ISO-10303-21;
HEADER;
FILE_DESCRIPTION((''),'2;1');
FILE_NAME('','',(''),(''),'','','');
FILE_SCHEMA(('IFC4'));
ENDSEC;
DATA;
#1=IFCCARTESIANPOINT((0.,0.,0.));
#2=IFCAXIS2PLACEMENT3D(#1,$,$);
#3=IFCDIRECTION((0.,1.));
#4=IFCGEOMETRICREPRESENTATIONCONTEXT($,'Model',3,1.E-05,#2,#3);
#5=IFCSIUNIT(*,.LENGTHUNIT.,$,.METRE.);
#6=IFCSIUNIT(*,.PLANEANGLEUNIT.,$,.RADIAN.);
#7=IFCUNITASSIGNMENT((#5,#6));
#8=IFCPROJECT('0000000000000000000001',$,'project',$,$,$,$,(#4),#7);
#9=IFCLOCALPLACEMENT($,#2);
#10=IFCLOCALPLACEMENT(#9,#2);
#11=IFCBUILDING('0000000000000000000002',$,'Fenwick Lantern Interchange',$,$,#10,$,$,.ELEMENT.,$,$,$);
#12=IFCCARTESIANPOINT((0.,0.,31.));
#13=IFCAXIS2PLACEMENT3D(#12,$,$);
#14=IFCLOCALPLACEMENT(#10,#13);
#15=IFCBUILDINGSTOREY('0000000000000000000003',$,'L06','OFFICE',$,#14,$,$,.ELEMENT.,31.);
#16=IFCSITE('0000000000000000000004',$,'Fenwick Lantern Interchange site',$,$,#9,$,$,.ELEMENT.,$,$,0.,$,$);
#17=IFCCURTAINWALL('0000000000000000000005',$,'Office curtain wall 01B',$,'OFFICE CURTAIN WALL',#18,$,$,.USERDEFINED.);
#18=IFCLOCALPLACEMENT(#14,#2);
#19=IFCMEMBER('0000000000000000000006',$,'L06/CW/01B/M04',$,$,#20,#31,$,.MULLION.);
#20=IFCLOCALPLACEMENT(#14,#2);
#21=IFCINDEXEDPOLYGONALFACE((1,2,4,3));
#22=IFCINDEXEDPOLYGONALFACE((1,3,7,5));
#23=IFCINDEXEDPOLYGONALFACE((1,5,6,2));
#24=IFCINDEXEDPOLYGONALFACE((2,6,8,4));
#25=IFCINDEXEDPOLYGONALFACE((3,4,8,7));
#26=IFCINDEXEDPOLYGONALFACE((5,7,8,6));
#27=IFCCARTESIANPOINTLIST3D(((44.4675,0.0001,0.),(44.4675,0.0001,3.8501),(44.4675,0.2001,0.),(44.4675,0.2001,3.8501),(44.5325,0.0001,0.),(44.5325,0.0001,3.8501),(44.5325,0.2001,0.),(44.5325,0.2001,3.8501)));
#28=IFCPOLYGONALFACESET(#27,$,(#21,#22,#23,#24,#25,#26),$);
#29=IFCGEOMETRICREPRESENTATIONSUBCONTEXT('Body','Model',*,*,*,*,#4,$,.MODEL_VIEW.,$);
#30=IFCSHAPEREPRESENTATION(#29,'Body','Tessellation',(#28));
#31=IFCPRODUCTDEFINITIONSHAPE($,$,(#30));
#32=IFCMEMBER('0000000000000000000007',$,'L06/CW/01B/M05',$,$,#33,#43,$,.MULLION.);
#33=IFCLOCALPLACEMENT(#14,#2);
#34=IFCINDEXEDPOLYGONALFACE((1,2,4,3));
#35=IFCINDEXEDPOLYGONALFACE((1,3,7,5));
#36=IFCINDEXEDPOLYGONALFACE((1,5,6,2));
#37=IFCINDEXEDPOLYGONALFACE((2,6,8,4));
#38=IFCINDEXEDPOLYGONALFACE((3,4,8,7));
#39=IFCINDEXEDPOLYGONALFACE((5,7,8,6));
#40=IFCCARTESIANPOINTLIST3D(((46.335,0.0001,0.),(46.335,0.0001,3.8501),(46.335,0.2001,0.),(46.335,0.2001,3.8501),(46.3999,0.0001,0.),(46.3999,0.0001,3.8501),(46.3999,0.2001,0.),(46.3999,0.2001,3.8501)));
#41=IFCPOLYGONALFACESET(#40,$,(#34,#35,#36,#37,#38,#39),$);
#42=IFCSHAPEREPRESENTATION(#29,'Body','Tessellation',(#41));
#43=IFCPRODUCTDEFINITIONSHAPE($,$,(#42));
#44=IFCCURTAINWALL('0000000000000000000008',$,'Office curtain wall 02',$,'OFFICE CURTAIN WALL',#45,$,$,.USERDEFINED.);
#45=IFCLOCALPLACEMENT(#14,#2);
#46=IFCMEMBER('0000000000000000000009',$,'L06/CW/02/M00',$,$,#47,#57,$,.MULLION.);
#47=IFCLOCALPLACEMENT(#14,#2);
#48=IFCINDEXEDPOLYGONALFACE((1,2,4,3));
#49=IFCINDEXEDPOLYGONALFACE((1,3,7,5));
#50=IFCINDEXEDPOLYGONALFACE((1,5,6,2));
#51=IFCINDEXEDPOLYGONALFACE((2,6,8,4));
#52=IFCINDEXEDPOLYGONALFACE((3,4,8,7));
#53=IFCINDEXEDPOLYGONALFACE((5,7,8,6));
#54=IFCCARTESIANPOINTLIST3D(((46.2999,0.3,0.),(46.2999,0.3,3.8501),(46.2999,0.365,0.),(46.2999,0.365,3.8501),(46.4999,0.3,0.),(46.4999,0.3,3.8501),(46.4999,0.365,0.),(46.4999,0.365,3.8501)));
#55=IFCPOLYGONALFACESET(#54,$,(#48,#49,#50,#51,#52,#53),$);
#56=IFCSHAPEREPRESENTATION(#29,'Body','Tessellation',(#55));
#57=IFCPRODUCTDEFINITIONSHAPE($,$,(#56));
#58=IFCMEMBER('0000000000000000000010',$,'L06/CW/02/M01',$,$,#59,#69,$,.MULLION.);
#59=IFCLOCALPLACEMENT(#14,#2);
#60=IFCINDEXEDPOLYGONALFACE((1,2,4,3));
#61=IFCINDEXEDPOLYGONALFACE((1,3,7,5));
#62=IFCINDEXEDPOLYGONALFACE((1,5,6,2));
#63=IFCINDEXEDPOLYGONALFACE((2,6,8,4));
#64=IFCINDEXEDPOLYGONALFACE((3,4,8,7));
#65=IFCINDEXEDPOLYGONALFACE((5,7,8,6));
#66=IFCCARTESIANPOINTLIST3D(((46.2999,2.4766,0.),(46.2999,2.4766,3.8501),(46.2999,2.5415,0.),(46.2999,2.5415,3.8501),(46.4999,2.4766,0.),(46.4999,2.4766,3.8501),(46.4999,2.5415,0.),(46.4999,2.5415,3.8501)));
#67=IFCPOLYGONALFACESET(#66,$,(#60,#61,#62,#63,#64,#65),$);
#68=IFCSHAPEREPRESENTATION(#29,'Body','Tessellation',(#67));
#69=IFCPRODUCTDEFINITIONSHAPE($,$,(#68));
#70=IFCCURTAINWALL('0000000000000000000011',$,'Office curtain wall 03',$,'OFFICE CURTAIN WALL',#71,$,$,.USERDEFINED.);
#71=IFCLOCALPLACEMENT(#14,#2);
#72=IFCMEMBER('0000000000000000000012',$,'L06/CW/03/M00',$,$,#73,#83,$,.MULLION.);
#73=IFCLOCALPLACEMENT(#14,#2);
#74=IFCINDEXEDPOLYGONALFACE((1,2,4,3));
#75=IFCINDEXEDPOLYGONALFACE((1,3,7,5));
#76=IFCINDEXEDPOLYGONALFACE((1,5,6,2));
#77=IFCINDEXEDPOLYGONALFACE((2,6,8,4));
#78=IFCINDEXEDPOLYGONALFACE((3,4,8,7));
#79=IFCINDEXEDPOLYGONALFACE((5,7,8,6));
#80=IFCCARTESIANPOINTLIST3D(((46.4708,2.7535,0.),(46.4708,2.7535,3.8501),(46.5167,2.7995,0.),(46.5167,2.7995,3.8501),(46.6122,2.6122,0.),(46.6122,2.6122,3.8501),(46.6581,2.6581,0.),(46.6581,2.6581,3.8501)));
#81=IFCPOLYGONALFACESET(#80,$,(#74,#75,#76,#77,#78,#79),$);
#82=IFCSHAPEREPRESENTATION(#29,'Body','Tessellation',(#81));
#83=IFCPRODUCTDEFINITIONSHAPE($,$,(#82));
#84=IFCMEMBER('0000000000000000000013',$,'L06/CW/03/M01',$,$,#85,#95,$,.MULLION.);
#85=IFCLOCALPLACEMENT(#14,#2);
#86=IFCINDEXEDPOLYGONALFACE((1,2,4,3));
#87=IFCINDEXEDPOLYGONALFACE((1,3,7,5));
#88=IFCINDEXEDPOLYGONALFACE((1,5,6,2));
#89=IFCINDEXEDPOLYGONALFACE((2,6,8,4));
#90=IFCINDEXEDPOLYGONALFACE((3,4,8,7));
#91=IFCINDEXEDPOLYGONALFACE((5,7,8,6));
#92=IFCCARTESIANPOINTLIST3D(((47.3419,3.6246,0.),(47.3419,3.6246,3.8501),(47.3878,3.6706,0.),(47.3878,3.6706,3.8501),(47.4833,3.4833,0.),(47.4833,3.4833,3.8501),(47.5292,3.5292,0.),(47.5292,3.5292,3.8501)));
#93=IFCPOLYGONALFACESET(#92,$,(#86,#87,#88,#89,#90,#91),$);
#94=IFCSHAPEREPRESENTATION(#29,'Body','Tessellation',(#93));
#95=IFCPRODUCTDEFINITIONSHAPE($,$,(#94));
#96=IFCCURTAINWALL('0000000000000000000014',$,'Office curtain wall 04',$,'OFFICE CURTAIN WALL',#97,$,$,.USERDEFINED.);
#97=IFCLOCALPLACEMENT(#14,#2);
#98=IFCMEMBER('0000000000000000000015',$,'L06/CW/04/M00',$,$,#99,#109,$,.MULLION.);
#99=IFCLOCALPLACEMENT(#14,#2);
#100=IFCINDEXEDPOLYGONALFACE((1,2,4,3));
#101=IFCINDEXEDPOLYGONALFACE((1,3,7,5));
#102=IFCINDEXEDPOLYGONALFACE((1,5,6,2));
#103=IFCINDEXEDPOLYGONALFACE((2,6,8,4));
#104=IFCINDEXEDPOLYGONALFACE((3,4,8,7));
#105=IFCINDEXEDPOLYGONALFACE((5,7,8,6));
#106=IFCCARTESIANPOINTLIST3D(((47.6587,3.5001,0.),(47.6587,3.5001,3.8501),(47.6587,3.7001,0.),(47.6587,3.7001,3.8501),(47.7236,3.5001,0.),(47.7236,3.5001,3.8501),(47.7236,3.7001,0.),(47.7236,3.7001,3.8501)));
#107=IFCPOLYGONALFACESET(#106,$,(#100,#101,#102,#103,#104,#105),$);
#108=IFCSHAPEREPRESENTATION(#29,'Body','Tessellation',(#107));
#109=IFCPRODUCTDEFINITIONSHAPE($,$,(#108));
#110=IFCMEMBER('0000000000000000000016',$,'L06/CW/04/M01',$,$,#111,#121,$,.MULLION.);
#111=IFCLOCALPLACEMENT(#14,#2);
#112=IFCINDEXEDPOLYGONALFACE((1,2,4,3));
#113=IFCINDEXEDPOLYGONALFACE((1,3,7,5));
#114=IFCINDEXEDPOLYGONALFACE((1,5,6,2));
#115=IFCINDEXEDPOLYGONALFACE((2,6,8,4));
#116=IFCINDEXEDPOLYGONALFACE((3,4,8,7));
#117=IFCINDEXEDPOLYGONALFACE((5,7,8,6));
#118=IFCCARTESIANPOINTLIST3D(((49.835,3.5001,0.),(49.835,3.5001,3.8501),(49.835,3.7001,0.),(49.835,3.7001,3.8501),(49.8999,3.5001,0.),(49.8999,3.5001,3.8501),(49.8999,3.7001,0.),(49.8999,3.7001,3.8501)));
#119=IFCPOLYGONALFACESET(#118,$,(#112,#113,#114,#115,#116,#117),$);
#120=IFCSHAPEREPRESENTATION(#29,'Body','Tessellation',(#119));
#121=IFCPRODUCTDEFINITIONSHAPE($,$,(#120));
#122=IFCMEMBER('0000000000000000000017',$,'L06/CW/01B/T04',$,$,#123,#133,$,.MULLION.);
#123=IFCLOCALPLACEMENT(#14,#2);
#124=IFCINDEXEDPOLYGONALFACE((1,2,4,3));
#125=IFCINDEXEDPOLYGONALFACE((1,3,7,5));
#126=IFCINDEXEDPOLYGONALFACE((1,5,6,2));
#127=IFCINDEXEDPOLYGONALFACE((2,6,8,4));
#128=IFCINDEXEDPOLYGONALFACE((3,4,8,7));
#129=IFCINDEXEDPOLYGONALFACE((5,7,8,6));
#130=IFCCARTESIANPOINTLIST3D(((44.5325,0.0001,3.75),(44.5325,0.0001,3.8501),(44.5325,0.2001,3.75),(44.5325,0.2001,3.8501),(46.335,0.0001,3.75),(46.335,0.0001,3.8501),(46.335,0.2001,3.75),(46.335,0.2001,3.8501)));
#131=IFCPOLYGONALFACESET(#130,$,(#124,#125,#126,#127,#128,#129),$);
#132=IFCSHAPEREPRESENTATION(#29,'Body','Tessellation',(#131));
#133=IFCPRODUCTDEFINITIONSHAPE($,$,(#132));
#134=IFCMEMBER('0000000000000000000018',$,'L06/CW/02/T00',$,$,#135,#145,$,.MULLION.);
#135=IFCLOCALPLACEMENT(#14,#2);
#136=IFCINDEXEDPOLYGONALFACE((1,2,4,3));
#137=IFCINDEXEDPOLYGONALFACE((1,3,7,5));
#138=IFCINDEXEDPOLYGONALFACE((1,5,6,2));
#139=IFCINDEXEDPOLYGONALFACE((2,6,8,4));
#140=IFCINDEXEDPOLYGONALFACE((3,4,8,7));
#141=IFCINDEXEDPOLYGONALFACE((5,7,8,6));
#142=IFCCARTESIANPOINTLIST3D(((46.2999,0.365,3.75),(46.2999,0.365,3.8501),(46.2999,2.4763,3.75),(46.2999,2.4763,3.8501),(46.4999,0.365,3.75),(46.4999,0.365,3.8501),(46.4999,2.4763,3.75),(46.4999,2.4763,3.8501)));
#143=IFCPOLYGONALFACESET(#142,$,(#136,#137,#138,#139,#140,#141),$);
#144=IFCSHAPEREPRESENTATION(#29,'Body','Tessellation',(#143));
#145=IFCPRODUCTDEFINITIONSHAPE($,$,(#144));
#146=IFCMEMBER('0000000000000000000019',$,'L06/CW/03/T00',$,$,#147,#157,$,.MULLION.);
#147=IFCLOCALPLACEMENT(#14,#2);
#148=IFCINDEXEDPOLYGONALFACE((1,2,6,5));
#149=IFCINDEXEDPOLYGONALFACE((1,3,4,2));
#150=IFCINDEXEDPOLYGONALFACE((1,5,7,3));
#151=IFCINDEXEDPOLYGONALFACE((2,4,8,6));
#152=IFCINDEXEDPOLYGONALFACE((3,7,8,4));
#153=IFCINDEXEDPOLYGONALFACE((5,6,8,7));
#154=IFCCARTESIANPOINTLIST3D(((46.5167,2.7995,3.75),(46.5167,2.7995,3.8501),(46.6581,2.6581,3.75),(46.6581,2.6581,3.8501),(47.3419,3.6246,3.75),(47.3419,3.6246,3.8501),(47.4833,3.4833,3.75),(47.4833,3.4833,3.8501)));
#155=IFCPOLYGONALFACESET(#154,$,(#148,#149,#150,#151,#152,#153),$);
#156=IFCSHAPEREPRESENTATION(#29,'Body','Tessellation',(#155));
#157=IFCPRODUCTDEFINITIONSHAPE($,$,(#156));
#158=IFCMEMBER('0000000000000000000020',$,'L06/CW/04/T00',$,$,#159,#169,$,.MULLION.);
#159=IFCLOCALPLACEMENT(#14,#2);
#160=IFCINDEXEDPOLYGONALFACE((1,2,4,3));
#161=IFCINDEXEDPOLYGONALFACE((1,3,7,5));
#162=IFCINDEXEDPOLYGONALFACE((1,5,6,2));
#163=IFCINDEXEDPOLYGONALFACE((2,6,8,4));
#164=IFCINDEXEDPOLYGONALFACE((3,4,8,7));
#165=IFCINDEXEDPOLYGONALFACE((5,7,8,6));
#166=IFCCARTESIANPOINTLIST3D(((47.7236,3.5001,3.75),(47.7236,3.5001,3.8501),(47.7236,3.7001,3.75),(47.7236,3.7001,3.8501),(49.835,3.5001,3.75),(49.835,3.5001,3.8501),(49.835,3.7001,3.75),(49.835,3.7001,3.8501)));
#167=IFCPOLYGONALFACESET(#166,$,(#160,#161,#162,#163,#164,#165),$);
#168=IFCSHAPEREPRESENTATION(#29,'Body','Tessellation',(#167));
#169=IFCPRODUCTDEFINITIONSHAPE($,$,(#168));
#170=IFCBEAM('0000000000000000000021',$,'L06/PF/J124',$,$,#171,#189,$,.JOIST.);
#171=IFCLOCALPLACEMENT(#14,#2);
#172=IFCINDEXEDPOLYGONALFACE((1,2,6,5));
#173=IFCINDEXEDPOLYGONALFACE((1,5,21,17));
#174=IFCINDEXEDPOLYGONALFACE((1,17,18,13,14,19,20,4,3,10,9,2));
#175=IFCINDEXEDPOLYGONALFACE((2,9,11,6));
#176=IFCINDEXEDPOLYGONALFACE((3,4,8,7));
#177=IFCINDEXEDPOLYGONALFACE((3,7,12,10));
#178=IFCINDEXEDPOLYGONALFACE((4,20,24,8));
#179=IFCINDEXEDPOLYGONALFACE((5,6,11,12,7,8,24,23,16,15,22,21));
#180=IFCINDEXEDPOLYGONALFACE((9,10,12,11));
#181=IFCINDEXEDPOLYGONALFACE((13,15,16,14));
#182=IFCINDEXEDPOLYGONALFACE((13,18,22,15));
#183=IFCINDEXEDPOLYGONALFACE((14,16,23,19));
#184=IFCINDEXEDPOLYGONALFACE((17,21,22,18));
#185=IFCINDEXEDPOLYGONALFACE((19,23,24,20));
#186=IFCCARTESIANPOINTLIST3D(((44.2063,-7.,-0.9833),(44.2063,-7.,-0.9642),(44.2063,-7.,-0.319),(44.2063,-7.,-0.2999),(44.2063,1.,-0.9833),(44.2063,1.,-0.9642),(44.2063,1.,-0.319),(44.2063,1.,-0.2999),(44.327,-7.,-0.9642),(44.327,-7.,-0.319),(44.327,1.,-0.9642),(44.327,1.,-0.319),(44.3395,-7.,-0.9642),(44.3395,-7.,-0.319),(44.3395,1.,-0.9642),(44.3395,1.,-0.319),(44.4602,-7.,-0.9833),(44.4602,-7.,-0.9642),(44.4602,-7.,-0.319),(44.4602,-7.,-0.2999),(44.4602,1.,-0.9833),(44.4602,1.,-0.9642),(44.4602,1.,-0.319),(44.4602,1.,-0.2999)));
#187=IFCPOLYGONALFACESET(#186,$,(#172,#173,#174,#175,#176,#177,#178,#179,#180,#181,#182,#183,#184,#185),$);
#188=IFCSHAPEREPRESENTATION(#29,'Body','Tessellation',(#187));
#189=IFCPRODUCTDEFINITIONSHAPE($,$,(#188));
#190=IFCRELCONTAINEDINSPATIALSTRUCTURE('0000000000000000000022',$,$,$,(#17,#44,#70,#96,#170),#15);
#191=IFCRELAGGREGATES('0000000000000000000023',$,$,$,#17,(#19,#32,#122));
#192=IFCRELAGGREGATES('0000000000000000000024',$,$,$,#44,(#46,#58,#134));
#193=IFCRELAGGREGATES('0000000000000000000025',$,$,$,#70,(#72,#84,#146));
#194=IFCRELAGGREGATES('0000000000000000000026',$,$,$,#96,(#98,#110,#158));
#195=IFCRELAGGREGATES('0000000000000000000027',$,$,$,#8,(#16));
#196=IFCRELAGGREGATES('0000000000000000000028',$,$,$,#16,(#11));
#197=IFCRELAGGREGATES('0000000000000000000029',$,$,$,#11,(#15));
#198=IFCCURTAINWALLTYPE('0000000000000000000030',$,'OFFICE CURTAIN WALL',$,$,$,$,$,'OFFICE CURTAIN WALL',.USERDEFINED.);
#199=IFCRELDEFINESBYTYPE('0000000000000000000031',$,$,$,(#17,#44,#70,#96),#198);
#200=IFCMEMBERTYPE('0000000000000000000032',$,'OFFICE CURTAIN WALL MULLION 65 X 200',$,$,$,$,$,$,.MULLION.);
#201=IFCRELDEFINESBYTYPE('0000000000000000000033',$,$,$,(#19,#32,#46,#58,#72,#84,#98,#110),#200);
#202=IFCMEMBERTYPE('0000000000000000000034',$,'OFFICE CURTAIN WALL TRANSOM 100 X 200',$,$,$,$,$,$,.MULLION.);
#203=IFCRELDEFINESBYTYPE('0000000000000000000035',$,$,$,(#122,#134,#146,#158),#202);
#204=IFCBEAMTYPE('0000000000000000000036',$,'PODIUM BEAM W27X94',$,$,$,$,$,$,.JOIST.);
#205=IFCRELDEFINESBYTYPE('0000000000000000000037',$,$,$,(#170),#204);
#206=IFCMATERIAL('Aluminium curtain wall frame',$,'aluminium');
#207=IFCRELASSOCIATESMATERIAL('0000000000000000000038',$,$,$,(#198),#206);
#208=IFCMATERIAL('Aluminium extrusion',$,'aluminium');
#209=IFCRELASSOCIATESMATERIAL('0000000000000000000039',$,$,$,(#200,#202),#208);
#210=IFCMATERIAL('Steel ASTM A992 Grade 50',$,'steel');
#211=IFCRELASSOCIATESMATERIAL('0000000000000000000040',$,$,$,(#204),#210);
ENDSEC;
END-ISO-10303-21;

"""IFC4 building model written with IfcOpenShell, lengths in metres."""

from ifc_helpers import new_model, si_unit, direction, frame, origin, origin_2d, place, context, subcontext, project, spatial, rectangle, i_section, extrude, material, material_profile, profile_set, type_object, element, aggregate, save


model = new_model("IFC4")

# Units and contexts
model_context = context("Model", 3, precision=1e-05, world=origin(), true_north=direction((0.0, 1.0)))
body_context = subcontext(model_context, "Body", "Model", "MODEL_VIEW")
ifc_project = project(units=[si_unit("LENGTHUNIT", "METRE"), si_unit("PLANEANGLEUNIT", "RADIAN")], contexts=[model_context])

# Site, building, storey
site_placement = place(None, origin())
site = spatial("IfcSite", under=ifc_project, at=site_placement, Name="Fenwick Lantern Interchange site", CompositionType="ELEMENT", RefElevation=0.0)
building_placement = place(site_placement, origin())
building = spatial("IfcBuilding", under=site, at=building_placement, Name="Fenwick Lantern Interchange", CompositionType="ELEMENT")
storey_placement = place(building_placement, frame((0.0, 0.0, 31.0)))
storey = spatial("IfcBuildingStorey", under=building, at=storey_placement, Name="L06", Description="OFFICE", CompositionType="ELEMENT", Elevation=31.0)

# Shared definitions
ifc_material_1 = material(Name="Steel ASTM A992 Grade 50", Category="steel")

# Curtain walls, members
ifc_material_2 = material(Name="Aluminium curtain wall frame", Category="aluminium")
curtain_wall_type = type_object("IfcCurtainWallType", Name="OFFICE CURTAIN WALL", ElementType="OFFICE CURTAIN WALL", PredefinedType="USERDEFINED", material=ifc_material_2)
curtain_wall_1_placement = place(storey_placement, origin())
curtain_wall_1 = element("IfcCurtainWall", 1, at=curtain_wall_1_placement, inside=storey, type_object=curtain_wall_type, Name="Office curtain wall 01B", ObjectType="OFFICE CURTAIN WALL", PredefinedType="USERDEFINED")
ifc_material_3 = material(Name="Aluminium extrusion", Category="aluminium")
ifc_material_profile_1 = material_profile(ifc_material_3, rectangle(XDim=0.2, YDim=0.0649, at=origin_2d()), Name="OFFICE CURTAIN WALL MULLION 65 X 200")
ifc_profile_set_1 = profile_set([ifc_material_profile_1], Name="Aluminium extrusion")
member_type_1 = type_object("IfcMemberType", Name="OFFICE CURTAIN WALL MULLION 65 X 200", PredefinedType="MULLION", material=ifc_profile_set_1)
member_1_placement = place(storey_placement, frame((44.5, 0.1001, 0.0), z_axis=(0.0, 0.0, 1.0), x_axis=(0.0, 1.0, 0.0)))
member_1 = element("IfcMember", 2, at=member_1_placement, type_object=member_type_1, Name="L06/CW/01B/M04", PredefinedType="MULLION", context=body_context, shape_type="SweptSolid", body=[
    extrude(rectangle(XDim=0.2, YDim=0.0649, at=origin_2d()), origin(), (0.0, 0.0, 1.0), 3.8501),
])
member_2_placement = place(storey_placement, frame((46.3674, 0.1001, 0.0), z_axis=(0.0, 0.0, 1.0), x_axis=(0.0, 1.0, 0.0)))
member_2 = element("IfcMember", 3, at=member_2_placement, type_object=member_type_1, Name="L06/CW/01B/M05", PredefinedType="MULLION", context=body_context, shape_type="SweptSolid", body=[
    extrude(rectangle(XDim=0.2, YDim=0.0649, at=origin_2d()), origin(), (0.0, 0.0, 1.0), 3.8501),
])
curtain_wall_2_placement = place(storey_placement, origin())
curtain_wall_2 = element("IfcCurtainWall", 4, at=curtain_wall_2_placement, inside=storey, type_object=curtain_wall_type, Name="Office curtain wall 02", ObjectType="OFFICE CURTAIN WALL", PredefinedType="USERDEFINED")
member_3_placement = place(storey_placement, frame((46.3999, 0.3325, 0.0), z_axis=(0.0, 0.0, 1.0), x_axis=(-1.0, 0.0, 0.0)))
member_3 = element("IfcMember", 5, at=member_3_placement, type_object=member_type_1, Name="L06/CW/02/M00", PredefinedType="MULLION", context=body_context, shape_type="SweptSolid", body=[
    extrude(rectangle(XDim=0.2, YDim=0.0649, at=origin_2d()), origin(), (0.0, 0.0, 1.0), 3.8501),
])
member_4_placement = place(storey_placement, frame((46.3999, 2.509, 0.0), z_axis=(0.0, 0.0, 1.0), x_axis=(-1.0, 0.0, 0.0)))
member_4 = element("IfcMember", 6, at=member_4_placement, type_object=member_type_1, Name="L06/CW/02/M01", PredefinedType="MULLION", context=body_context, shape_type="SweptSolid", body=[
    extrude(rectangle(XDim=0.2, YDim=0.0649, at=origin_2d()), origin(), (0.0, 0.0, 1.0), 3.8501),
])
curtain_wall_3_placement = place(storey_placement, origin())
curtain_wall_3 = element("IfcCurtainWall", 7, at=curtain_wall_3_placement, inside=storey, type_object=curtain_wall_type, Name="Office curtain wall 03", ObjectType="OFFICE CURTAIN WALL", PredefinedType="USERDEFINED")
member_5_placement = place(storey_placement, frame((46.5645, 2.7058, 0.0), z_axis=(0.0, 0.0, 1.0), x_axis=(-0.707107, 0.707107, 0.0)))
member_5 = element("IfcMember", 8, at=member_5_placement, type_object=member_type_1, Name="L06/CW/03/M00", PredefinedType="MULLION", context=body_context, shape_type="SweptSolid", body=[
    extrude(rectangle(XDim=0.2, YDim=0.0649, at=origin_2d()), origin(), (0.0, 0.0, 1.0), 3.8501),
])
member_6_placement = place(storey_placement, frame((47.4355, 3.5769, 0.0), z_axis=(0.0, 0.0, 1.0), x_axis=(-0.707107, 0.707107, 0.0)))
member_6 = element("IfcMember", 9, at=member_6_placement, type_object=member_type_1, Name="L06/CW/03/M01", PredefinedType="MULLION", context=body_context, shape_type="SweptSolid", body=[
    extrude(rectangle(XDim=0.2, YDim=0.0649, at=origin_2d()), origin(), (0.0, 0.0, 1.0), 3.8501),
])
curtain_wall_4_placement = place(storey_placement, origin())
curtain_wall_4 = element("IfcCurtainWall", 10, at=curtain_wall_4_placement, inside=storey, type_object=curtain_wall_type, Name="Office curtain wall 04", ObjectType="OFFICE CURTAIN WALL", PredefinedType="USERDEFINED")
member_7_placement = place(storey_placement, frame((47.6912, 3.6001, 0.0), z_axis=(0.0, 0.0, 1.0), x_axis=(0.0, 1.0, 0.0)))
member_7 = element("IfcMember", 11, at=member_7_placement, type_object=member_type_1, Name="L06/CW/04/M00", PredefinedType="MULLION", context=body_context, shape_type="SweptSolid", body=[
    extrude(rectangle(XDim=0.2, YDim=0.0649, at=origin_2d()), origin(), (0.0, 0.0, 1.0), 3.8501),
])
member_8_placement = place(storey_placement, frame((49.8674, 3.6001, 0.0), z_axis=(0.0, 0.0, 1.0), x_axis=(0.0, 1.0, 0.0)))
member_8 = element("IfcMember", 12, at=member_8_placement, type_object=member_type_1, Name="L06/CW/04/M01", PredefinedType="MULLION", context=body_context, shape_type="SweptSolid", body=[
    extrude(rectangle(XDim=0.2, YDim=0.0649, at=origin_2d()), origin(), (0.0, 0.0, 1.0), 3.8501),
])

# Members
ifc_material_profile_2 = material_profile(ifc_material_3, rectangle(XDim=0.2, YDim=0.1001, at=origin_2d()), Name="OFFICE CURTAIN WALL TRANSOM 100 X 200")
ifc_profile_set_2 = profile_set([ifc_material_profile_2], Name="Aluminium extrusion")
member_type_2 = type_object("IfcMemberType", Name="OFFICE CURTAIN WALL TRANSOM 100 X 200", PredefinedType="MULLION", material=ifc_profile_set_2)
member_9_placement = place(storey_placement, frame((44.5325, 0.1001, 3.8), z_axis=(1.0, 0.0, 0.0), x_axis=(0.0, 1.0, 0.0)))
member_9 = element("IfcMember", 13, at=member_9_placement, type_object=member_type_2, Name="L06/CW/01B/T04", PredefinedType="MULLION", context=body_context, shape_type="SweptSolid", body=[
    extrude(rectangle(XDim=0.2, YDim=0.1001, at=origin_2d()), origin(), (0.0, 0.0, 1.0), 1.8025),
])
member_10_placement = place(storey_placement, frame((46.3999, 0.365, 3.8), z_axis=(0.0, 1.0, 0.0), x_axis=(-1.0, 0.0, 0.0)))
member_10 = element("IfcMember", 14, at=member_10_placement, type_object=member_type_2, Name="L06/CW/02/T00", PredefinedType="MULLION", context=body_context, shape_type="SweptSolid", body=[
    extrude(rectangle(XDim=0.2, YDim=0.1001, at=origin_2d()), origin(), (0.0, 0.0, 1.0), 2.1113),
])
member_11_placement = place(storey_placement, frame((46.5874, 2.7288, 3.8), z_axis=(0.707107, 0.707107, 0.0), x_axis=(-0.707107, 0.707107, 0.0)))
member_11 = element("IfcMember", 15, at=member_11_placement, type_object=member_type_2, Name="L06/CW/03/T00", PredefinedType="MULLION", context=body_context, shape_type="SweptSolid", body=[
    extrude(rectangle(XDim=0.2, YDim=0.1001, at=origin_2d()), origin(), (0.0, 0.0, 1.0), 1.167),
])
member_12_placement = place(storey_placement, frame((47.7236, 3.6001, 3.8), z_axis=(1.0, 0.0, 0.0), x_axis=(0.0, 1.0, 0.0)))
member_12 = element("IfcMember", 16, at=member_12_placement, type_object=member_type_2, Name="L06/CW/04/T00", PredefinedType="MULLION", context=body_context, shape_type="SweptSolid", body=[
    extrude(rectangle(XDim=0.2, YDim=0.1001, at=origin_2d()), origin(), (0.0, 0.0, 1.0), 2.1113),
])

# Beam
ifc_material_profile_3 = material_profile(ifc_material_1, i_section(OverallWidth=0.2539, OverallDepth=0.6833, WebThickness=0.0125, FlangeThickness=0.019, at=origin_2d()), Name="W27X94")
ifc_profile_set_3 = profile_set([ifc_material_profile_3], Name="Steel ASTM A992 Grade 50")
beam_type_1 = type_object("IfcBeamType", Name="PODIUM BEAM W27X94", PredefinedType="JOIST", material=ifc_profile_set_3)
for number, where, z_axis, x_axis, name in (
    (17, (44.3333, -7.0, -0.6416), (0.0, 1.0, 0.0), (-1.0, 0.0, 0.0), "L06/PF/J124"),
):
    element("IfcBeam", number, at=place(storey_placement, frame(where, z_axis=z_axis, x_axis=x_axis)), inside=storey, type_object=beam_type_1, Name=name, PredefinedType="JOIST", context=body_context, shape_type="SweptSolid", body=[
        extrude(i_section(OverallWidth=0.2539, OverallDepth=0.6833, WebThickness=0.0125, FlangeThickness=0.019, at=origin_2d()), origin(), (0.0, 0.0, 1.0), 8.0),
    ])

aggregate(curtain_wall_1, [member_1, member_2, member_9])
aggregate(curtain_wall_2, [member_3, member_4, member_10])
aggregate(curtain_wall_3, [member_5, member_6, member_11])
aggregate(curtain_wall_4, [member_7, member_8, member_12])

save(model, "model.ifc")
